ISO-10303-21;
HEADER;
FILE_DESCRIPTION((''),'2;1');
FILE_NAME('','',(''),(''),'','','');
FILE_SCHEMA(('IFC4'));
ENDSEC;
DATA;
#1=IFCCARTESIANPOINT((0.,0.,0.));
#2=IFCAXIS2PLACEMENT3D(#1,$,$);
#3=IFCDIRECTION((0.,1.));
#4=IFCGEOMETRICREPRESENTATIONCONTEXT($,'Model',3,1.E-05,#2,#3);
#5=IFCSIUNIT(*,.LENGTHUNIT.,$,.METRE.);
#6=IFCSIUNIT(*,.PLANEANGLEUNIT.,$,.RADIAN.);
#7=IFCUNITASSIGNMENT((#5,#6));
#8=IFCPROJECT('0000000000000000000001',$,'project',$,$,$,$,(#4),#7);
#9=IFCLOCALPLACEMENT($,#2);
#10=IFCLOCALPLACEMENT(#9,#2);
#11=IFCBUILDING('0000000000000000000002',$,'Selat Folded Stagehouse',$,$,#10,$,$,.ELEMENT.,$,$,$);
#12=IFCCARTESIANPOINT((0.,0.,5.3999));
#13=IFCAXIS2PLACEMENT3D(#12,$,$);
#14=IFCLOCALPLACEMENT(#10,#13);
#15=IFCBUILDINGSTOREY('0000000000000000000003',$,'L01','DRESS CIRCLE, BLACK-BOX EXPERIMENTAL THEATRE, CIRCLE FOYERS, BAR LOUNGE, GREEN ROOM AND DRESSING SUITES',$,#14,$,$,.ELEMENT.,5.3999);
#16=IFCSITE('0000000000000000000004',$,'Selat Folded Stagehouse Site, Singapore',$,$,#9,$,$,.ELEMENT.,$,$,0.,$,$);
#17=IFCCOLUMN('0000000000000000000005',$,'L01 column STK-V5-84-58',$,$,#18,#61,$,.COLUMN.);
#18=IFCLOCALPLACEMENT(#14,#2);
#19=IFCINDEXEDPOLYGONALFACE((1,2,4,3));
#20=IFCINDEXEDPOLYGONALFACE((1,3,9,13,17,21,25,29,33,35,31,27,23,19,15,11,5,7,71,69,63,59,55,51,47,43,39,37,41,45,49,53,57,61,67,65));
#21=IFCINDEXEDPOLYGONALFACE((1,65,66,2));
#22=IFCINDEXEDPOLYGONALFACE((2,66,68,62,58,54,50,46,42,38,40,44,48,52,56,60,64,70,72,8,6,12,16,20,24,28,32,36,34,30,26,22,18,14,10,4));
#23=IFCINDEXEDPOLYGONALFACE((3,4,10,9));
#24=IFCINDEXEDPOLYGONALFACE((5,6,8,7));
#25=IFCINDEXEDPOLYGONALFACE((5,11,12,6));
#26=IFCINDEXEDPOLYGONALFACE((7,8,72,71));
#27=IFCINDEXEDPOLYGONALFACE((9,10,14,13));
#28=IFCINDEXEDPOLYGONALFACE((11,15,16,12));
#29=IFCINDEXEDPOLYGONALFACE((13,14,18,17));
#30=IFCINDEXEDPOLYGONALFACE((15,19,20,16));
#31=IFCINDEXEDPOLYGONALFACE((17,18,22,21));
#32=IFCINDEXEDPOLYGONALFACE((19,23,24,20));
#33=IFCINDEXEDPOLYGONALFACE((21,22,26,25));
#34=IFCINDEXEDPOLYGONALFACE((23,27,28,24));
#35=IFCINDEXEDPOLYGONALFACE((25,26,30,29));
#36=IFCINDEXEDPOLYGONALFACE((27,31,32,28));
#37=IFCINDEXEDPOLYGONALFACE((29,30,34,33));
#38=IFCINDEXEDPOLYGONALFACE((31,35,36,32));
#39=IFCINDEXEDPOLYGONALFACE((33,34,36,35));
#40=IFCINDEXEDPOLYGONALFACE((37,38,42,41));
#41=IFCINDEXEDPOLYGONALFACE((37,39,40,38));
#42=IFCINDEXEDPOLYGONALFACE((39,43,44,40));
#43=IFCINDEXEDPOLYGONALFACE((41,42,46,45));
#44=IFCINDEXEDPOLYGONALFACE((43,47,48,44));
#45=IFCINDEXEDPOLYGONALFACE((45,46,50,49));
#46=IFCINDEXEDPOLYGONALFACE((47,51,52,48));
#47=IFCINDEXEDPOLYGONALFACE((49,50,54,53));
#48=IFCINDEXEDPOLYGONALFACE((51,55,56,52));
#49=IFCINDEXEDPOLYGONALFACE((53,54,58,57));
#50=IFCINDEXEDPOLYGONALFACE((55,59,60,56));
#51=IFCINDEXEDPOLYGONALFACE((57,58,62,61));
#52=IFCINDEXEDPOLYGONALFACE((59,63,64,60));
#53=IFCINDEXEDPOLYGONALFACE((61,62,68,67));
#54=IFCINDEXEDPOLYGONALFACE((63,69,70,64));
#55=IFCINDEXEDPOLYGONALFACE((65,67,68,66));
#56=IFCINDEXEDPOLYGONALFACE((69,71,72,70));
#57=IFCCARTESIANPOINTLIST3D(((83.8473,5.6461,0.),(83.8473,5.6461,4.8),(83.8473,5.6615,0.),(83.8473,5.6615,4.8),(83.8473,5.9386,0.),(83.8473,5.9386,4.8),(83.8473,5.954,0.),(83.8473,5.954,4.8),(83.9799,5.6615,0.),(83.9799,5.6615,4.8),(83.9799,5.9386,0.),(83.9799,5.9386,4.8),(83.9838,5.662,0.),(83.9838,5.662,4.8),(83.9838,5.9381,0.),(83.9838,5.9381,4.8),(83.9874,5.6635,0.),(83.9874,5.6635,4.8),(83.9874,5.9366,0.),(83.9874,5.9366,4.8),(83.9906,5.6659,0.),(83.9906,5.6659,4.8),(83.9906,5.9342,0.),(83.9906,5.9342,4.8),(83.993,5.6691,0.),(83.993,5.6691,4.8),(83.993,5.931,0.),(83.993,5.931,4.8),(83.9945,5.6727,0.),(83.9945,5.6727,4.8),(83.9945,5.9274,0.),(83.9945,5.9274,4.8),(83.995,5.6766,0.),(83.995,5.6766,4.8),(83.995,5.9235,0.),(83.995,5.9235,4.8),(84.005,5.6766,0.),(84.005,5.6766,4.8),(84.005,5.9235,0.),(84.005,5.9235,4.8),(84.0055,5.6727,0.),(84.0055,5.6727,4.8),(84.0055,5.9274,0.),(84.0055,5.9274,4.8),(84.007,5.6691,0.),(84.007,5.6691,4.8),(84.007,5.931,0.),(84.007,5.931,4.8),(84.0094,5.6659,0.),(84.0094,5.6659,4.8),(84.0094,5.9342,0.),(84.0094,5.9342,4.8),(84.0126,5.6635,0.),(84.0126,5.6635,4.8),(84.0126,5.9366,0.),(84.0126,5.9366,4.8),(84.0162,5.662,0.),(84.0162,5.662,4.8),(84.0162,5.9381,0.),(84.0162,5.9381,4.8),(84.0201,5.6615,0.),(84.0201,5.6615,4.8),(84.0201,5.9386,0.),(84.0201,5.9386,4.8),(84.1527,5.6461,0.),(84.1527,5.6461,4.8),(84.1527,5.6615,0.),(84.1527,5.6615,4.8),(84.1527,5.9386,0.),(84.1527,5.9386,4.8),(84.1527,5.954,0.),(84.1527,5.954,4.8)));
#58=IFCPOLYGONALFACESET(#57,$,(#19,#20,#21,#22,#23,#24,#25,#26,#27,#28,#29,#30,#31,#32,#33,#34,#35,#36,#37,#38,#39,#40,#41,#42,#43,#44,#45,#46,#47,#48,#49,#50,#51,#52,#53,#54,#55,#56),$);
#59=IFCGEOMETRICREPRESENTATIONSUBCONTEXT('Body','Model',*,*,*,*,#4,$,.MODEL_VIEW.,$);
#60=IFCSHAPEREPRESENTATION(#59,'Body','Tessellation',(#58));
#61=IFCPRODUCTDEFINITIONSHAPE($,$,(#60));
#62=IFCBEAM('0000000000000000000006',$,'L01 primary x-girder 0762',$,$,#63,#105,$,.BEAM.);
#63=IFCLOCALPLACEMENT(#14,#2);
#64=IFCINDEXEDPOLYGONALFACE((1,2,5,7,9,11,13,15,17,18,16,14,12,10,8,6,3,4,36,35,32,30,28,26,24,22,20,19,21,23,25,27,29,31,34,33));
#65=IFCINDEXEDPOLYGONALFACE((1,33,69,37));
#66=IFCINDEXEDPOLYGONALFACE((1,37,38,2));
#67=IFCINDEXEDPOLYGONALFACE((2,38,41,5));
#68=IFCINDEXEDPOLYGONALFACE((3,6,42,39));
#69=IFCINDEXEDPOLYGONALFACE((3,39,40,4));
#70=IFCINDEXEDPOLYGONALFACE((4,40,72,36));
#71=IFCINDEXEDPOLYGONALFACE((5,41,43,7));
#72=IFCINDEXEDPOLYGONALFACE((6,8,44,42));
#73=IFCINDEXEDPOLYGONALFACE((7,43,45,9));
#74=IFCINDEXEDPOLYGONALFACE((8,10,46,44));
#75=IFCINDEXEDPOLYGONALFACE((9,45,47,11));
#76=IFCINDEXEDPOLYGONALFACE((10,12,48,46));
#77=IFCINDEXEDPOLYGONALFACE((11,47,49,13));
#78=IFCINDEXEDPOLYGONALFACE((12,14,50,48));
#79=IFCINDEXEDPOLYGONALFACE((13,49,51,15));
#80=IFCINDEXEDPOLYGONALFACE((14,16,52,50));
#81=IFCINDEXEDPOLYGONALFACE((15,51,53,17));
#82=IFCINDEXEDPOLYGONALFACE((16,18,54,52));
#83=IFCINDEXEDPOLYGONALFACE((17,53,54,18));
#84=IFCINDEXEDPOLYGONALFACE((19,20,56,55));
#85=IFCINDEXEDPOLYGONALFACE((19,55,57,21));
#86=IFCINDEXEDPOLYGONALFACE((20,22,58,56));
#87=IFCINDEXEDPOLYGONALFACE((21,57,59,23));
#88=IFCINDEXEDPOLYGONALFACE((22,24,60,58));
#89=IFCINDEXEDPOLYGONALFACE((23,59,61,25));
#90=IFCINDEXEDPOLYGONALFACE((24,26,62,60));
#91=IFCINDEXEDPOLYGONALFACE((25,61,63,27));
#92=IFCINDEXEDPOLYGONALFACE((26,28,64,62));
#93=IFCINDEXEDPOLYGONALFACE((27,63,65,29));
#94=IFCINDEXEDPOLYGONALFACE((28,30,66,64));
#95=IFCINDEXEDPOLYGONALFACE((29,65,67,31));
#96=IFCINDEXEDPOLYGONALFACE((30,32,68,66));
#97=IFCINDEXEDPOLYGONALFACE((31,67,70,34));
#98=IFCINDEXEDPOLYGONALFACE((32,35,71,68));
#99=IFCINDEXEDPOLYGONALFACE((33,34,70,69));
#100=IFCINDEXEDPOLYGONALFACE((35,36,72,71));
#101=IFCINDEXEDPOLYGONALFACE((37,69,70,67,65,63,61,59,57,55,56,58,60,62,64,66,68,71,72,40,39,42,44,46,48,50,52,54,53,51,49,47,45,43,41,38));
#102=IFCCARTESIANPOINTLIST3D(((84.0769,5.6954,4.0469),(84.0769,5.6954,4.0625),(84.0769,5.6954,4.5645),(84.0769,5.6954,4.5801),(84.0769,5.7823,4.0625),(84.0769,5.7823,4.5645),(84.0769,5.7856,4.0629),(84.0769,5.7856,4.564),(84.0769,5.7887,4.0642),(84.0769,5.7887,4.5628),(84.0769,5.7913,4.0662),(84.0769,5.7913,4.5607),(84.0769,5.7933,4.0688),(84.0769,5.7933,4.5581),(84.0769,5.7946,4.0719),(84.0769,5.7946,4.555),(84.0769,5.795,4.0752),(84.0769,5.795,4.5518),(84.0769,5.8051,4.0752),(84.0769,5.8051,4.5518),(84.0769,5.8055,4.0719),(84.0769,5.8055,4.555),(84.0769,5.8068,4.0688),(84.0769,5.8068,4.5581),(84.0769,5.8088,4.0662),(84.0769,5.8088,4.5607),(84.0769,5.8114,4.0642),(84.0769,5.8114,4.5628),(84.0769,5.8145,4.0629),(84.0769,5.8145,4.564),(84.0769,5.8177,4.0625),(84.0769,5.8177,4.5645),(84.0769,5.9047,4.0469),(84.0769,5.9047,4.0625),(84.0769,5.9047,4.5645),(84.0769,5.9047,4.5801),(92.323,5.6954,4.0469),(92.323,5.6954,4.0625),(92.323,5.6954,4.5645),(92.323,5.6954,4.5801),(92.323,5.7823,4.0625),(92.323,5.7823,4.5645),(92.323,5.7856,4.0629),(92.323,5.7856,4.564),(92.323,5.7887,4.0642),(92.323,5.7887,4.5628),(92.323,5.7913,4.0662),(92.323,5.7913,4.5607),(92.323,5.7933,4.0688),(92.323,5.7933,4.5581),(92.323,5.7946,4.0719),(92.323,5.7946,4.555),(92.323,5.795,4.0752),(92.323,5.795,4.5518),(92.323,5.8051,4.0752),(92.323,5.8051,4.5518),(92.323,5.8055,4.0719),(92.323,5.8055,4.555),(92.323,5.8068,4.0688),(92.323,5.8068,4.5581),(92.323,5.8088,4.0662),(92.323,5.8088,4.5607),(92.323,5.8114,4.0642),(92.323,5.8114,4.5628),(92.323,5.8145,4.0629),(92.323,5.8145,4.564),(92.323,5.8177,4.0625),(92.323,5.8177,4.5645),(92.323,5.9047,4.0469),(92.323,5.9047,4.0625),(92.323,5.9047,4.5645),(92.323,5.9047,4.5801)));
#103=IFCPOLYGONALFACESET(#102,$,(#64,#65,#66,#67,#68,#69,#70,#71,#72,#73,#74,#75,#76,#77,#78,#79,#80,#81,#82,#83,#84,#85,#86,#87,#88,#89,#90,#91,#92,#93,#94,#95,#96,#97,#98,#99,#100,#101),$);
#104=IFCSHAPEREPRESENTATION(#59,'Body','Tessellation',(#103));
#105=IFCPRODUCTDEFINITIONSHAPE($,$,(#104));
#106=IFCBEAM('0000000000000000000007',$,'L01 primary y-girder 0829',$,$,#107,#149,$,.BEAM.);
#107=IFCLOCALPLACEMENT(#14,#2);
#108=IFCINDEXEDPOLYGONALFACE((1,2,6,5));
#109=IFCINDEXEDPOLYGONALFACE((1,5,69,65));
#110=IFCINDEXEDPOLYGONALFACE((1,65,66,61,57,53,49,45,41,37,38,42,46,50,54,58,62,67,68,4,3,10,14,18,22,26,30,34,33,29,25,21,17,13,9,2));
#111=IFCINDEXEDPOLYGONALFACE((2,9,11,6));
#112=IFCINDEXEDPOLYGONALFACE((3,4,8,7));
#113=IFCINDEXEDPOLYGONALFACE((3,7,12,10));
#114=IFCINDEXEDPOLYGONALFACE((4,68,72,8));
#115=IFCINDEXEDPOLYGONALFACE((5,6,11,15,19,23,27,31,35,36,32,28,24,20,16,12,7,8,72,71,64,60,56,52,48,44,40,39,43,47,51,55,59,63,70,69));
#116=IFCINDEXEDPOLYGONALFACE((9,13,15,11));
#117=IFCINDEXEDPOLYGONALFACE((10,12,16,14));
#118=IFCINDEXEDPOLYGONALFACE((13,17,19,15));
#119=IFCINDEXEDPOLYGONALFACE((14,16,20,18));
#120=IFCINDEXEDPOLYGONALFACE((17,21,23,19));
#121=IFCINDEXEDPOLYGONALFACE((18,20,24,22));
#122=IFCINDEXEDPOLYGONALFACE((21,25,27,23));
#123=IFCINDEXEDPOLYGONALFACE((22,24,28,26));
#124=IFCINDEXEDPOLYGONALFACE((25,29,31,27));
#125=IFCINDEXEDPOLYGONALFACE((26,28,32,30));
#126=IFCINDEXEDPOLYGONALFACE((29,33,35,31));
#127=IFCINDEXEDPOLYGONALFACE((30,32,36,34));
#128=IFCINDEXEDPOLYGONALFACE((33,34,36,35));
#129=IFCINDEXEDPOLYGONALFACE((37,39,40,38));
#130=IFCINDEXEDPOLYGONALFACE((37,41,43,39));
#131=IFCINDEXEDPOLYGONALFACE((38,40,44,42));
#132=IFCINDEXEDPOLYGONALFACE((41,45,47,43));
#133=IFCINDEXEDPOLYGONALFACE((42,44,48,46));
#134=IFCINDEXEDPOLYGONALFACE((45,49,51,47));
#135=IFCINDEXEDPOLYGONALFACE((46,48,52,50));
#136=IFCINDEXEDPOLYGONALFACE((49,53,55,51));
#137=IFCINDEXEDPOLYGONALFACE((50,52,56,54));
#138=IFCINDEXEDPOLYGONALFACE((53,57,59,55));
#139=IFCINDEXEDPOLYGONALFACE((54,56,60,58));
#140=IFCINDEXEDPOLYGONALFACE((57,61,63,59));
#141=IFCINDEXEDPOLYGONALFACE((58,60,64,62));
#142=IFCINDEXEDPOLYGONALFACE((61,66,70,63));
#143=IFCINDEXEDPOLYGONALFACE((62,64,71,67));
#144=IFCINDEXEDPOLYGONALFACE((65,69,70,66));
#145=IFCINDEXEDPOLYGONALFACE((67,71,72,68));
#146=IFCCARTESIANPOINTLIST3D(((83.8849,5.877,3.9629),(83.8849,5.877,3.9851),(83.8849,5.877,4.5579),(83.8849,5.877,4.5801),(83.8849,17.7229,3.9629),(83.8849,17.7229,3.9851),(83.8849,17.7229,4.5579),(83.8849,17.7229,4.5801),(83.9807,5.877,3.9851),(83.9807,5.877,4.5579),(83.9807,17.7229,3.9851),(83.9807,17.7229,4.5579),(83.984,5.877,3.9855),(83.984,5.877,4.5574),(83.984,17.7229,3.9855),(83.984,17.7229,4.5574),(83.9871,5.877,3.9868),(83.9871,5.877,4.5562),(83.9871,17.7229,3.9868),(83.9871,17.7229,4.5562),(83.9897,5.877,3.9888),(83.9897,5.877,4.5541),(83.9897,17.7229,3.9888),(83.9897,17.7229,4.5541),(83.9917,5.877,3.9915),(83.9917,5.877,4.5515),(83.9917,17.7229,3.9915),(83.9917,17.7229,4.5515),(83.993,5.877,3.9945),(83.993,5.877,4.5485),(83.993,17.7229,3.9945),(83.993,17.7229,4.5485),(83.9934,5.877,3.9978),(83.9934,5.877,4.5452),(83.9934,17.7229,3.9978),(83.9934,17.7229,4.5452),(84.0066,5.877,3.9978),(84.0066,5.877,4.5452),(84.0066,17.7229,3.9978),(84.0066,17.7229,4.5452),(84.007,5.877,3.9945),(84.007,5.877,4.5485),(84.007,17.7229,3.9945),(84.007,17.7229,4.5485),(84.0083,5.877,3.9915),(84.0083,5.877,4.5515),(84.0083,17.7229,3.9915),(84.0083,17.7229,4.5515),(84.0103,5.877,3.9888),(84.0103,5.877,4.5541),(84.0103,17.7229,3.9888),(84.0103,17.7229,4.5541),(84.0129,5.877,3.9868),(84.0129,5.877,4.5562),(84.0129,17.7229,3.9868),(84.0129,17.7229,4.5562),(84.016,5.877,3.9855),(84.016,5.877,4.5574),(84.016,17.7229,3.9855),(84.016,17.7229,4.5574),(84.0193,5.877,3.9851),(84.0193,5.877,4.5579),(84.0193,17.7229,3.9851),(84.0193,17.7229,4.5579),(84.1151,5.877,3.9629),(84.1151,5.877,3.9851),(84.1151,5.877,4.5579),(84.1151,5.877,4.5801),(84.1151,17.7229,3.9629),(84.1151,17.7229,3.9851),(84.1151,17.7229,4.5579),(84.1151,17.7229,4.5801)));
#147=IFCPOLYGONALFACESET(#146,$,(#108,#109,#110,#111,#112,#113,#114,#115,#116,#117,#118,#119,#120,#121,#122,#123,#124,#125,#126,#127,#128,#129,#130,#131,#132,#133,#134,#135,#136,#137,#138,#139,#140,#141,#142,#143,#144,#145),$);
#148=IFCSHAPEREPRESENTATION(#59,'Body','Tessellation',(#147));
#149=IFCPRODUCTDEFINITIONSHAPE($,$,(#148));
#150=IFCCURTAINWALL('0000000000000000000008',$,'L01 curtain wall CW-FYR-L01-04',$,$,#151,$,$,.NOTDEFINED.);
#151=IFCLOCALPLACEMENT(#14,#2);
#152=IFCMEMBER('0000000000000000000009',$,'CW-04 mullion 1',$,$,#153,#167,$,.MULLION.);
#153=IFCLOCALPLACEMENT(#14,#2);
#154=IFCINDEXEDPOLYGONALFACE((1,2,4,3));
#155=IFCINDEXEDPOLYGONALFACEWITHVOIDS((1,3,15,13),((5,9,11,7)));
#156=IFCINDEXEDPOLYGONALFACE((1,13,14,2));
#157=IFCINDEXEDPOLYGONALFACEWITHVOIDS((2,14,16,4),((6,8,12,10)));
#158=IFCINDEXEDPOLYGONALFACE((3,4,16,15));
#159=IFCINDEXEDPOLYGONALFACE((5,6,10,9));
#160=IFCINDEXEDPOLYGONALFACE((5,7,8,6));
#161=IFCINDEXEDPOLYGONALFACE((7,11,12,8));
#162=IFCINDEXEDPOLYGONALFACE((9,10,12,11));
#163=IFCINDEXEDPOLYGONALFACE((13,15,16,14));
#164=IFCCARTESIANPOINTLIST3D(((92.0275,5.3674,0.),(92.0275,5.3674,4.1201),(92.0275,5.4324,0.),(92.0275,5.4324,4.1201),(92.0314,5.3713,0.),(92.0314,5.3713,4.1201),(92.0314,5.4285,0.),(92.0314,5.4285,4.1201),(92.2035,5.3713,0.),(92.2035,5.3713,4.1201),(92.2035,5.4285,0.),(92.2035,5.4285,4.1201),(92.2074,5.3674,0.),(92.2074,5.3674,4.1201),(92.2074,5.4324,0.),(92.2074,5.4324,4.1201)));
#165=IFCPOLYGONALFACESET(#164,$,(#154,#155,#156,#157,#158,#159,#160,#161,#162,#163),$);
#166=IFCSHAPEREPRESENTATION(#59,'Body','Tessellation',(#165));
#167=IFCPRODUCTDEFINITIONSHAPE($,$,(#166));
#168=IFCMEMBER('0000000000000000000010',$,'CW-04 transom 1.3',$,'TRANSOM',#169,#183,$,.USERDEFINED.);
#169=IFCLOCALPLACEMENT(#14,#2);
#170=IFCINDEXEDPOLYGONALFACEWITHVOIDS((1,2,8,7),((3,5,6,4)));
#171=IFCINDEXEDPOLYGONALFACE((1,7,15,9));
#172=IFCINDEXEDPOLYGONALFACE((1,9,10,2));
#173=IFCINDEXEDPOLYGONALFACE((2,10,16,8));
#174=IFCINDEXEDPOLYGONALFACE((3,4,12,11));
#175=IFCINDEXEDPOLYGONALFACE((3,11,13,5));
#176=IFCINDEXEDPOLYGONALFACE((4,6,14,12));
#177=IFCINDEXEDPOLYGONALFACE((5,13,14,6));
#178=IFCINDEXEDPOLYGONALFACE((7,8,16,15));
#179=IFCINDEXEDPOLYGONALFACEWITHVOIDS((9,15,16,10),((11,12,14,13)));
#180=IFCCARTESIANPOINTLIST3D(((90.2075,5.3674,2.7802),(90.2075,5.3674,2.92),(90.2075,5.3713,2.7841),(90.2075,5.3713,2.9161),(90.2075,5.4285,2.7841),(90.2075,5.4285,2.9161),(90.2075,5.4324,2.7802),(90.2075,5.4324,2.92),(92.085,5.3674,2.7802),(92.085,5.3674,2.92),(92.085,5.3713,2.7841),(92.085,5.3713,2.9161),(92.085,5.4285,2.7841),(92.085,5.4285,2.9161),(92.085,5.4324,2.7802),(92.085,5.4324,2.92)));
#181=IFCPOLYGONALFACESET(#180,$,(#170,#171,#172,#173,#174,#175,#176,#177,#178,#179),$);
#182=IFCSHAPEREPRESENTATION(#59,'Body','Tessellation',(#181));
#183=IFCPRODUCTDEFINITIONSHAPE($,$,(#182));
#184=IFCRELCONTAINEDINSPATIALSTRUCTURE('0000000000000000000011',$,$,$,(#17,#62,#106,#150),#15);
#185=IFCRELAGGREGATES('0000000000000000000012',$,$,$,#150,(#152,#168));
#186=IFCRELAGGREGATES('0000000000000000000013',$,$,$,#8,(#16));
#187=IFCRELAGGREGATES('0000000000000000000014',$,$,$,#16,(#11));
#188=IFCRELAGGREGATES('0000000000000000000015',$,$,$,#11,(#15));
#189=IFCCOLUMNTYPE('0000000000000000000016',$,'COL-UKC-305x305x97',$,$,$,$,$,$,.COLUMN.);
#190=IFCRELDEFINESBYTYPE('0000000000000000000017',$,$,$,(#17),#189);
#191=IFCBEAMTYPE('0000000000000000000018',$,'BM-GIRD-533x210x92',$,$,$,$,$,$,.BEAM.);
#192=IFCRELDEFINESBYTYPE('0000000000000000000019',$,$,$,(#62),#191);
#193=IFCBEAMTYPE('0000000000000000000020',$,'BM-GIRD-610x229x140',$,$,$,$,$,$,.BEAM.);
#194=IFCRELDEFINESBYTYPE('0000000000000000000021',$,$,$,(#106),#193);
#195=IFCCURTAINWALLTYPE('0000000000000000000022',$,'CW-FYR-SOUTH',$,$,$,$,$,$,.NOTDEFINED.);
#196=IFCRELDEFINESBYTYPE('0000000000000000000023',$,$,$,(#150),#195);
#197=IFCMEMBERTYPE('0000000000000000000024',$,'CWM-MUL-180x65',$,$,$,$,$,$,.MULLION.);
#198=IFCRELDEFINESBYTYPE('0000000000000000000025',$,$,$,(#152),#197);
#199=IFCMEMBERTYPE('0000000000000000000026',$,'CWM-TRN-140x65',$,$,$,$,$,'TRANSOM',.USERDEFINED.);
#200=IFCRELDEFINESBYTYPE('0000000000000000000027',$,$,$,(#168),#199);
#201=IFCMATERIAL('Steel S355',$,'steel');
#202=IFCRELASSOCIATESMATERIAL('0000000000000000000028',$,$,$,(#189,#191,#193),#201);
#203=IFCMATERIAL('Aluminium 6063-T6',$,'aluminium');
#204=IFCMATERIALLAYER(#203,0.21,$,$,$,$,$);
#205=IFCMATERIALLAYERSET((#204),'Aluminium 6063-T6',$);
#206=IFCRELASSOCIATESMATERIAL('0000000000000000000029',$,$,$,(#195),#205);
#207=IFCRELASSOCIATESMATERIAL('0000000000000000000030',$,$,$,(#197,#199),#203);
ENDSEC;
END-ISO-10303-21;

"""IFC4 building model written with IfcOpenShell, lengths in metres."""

from ifc_helpers import new_model, si_unit, direction, frame, origin, origin_2d, place, context, subcontext, project, spatial, hollow_rectangle, i_section, extrude, material, layer, layer_set, material_profile, profile_set, type_object, element, aggregate, save


model = new_model("IFC4")

# Units and contexts
model_context = context("Model", 3, precision=1e-05, world=origin(), true_north=direction((0.0, 1.0)))
body_context = subcontext(model_context, "Body", "Model", "MODEL_VIEW")
ifc_project = project(units=[si_unit("LENGTHUNIT", "METRE"), si_unit("PLANEANGLEUNIT", "RADIAN")], contexts=[model_context])

# Site, building, storey
site_placement = place(None, origin())
site = spatial("IfcSite", under=ifc_project, at=site_placement, Name="Selat Folded Stagehouse Site, Singapore", CompositionType="ELEMENT", RefElevation=0.0)
building_placement = place(site_placement, origin())
building = spatial("IfcBuilding", under=site, at=building_placement, Name="Selat Folded Stagehouse", CompositionType="ELEMENT")
storey_placement = place(building_placement, frame((0.0, 0.0, 5.3999)))
storey = spatial("IfcBuildingStorey", under=building, at=storey_placement, Name="L01", Description="DRESS CIRCLE, BLACK-BOX EXPERIMENTAL THEATRE, CIRCLE FOYERS, BAR LOUNGE, GREEN ROOM AND DRESSING SUITES", CompositionType="ELEMENT", Elevation=5.3999)

# Column
ifc_material_1 = material(Name="Steel S355", Category="steel")
ifc_material_profile_1 = material_profile(ifc_material_1, i_section(OverallWidth=0.3054, OverallDepth=0.3079, WebThickness=0.01, FlangeThickness=0.0154, FilletRadius=0.0151, at=origin_2d()), Name="UKC 305x305x97")
ifc_profile_set_1 = profile_set([ifc_material_profile_1], Name="Steel S355")
column_type = type_object("IfcColumnType", Name="COL-UKC-305x305x97", PredefinedType="COLUMN", material=ifc_profile_set_1)
column_placement = place(storey_placement, frame((84.0, 5.8, 0.0), z_axis=(0.0, 0.0, 1.0), x_axis=(1.0, 0.0, 0.0)))
element("IfcColumn", 1, at=column_placement, inside=storey, type_object=column_type, Name="L01 column STK-V5-84-58", PredefinedType="COLUMN", context=body_context, shape_type="SweptSolid", body=[
    extrude(i_section(OverallWidth=0.3054, OverallDepth=0.3079, WebThickness=0.01, FlangeThickness=0.0154, FilletRadius=0.0151, at=origin_2d()), origin(), (0.0, 0.0, 1.0), 4.8),
])

# Beams
ifc_material_profile_2 = material_profile(ifc_material_1, i_section(OverallWidth=0.2092, OverallDepth=0.5332, WebThickness=0.01, FlangeThickness=0.0156, FilletRadius=0.0127, at=origin_2d()), Name="UKB 533x210x92")
ifc_profile_set_2 = profile_set([ifc_material_profile_2], Name="Steel S355")
beam_type_1 = type_object("IfcBeamType", Name="BM-GIRD-533x210x92", PredefinedType="BEAM", material=ifc_profile_set_2)
beam_1_placement = place(storey_placement, frame((84.0769, 5.8, 4.3135), z_axis=(1.0, 0.0, 0.0), x_axis=(0.0, 1.0, 0.0)))
element("IfcBeam", 2, at=beam_1_placement, inside=storey, type_object=beam_type_1, Name="L01 primary x-girder 0762", PredefinedType="BEAM", context=body_context, shape_type="SweptSolid", body=[
    extrude(i_section(OverallWidth=0.2092, OverallDepth=0.5332, WebThickness=0.01, FlangeThickness=0.0156, FilletRadius=0.0127, at=origin_2d()), origin(), (0.0, 0.0, 1.0), 8.2461),
])
ifc_material_profile_3 = material_profile(ifc_material_1, i_section(OverallWidth=0.2302, OverallDepth=0.6172, WebThickness=0.0132, FlangeThickness=0.0222, FilletRadius=0.0127, at=origin_2d()), Name="UKB 610x229x140")
ifc_profile_set_3 = profile_set([ifc_material_profile_3], Name="Steel S355")
beam_type_2 = type_object("IfcBeamType", Name="BM-GIRD-610x229x140", PredefinedType="BEAM", material=ifc_profile_set_3)
beam_2_placement = place(storey_placement, frame((84.0, 5.877, 4.2715), z_axis=(0.0, 1.0, 0.0), x_axis=(-1.0, 0.0, 0.0)))
element("IfcBeam", 3, at=beam_2_placement, inside=storey, type_object=beam_type_2, Name="L01 primary y-girder 0829", PredefinedType="BEAM", context=body_context, shape_type="SweptSolid", body=[
    extrude(i_section(OverallWidth=0.2302, OverallDepth=0.6172, WebThickness=0.0132, FlangeThickness=0.0222, FilletRadius=0.0127, at=origin_2d()), origin(), (0.0, 0.0, 1.0), 11.8459),
])

# Curtain wall, members
ifc_material_2 = material(Name="Aluminium 6063-T6", Category="aluminium")
ifc_layer_1 = layer(ifc_material_2, 0.21)
ifc_layer_set_1 = layer_set([ifc_layer_1], Name="Aluminium 6063-T6")
curtain_wall_type_1 = type_object("IfcCurtainWallType", Name="CW-FYR-SOUTH", PredefinedType="NOTDEFINED", material=ifc_layer_set_1)
curtain_wall_1_placement = place(storey_placement, origin())
curtain_wall_1 = element("IfcCurtainWall", 4, at=curtain_wall_1_placement, inside=storey, type_object=curtain_wall_type_1, Name="L01 curtain wall CW-FYR-L01-04", PredefinedType="NOTDEFINED")
ifc_material_profile_4 = material_profile(ifc_material_2, hollow_rectangle(XDim=0.0649, YDim=0.1799, WallThickness=0.0039, at=origin_2d()), Name="ALU 180x65x4.0")
ifc_profile_set_4 = profile_set([ifc_material_profile_4], Name="Aluminium 6063-T6")
member_type_1 = type_object("IfcMemberType", Name="CWM-MUL-180x65", PredefinedType="MULLION", material=ifc_profile_set_4)
member_1_placement = place(storey_placement, frame((92.1174, 5.3999, 0.0), z_axis=(0.0, 0.0, 1.0), x_axis=(0.0, -1.0, 0.0)))
member_1 = element("IfcMember", 5, at=member_1_placement, type_object=member_type_1, Name="CW-04 mullion 1", PredefinedType="MULLION", context=body_context, shape_type="SweptSolid", body=[
    extrude(hollow_rectangle(XDim=0.0649, YDim=0.1799, WallThickness=0.0039, at=origin_2d()), origin(), (0.0, 0.0, 1.0), 4.1201),
])
ifc_material_profile_5 = material_profile(ifc_material_2, hollow_rectangle(XDim=0.0649, YDim=0.1399, WallThickness=0.0039, at=origin_2d()), Name="ALU 140x65x4.0")
ifc_profile_set_5 = profile_set([ifc_material_profile_5], Name="Aluminium 6063-T6")
member_type_2 = type_object("IfcMemberType", Name="CWM-TRN-140x65", ElementType="TRANSOM", PredefinedType="USERDEFINED", material=ifc_profile_set_5)
member_2_placement = place(storey_placement, frame((92.085, 5.3999, 2.8501), z_axis=(-1.0, 0.0, 0.0), x_axis=(0.0, -1.0, 0.0)))
member_2 = element("IfcMember", 6, at=member_2_placement, type_object=member_type_2, Name="CW-04 transom 1.3", ObjectType="TRANSOM", PredefinedType="USERDEFINED", context=body_context, shape_type="SweptSolid", body=[
    extrude(hollow_rectangle(XDim=0.0649, YDim=0.1399, WallThickness=0.0039, at=origin_2d()), origin(), (0.0, 0.0, 1.0), 1.8774),
])
aggregate(curtain_wall_1, [member_1, member_2])

save(model, "model.ifc")
